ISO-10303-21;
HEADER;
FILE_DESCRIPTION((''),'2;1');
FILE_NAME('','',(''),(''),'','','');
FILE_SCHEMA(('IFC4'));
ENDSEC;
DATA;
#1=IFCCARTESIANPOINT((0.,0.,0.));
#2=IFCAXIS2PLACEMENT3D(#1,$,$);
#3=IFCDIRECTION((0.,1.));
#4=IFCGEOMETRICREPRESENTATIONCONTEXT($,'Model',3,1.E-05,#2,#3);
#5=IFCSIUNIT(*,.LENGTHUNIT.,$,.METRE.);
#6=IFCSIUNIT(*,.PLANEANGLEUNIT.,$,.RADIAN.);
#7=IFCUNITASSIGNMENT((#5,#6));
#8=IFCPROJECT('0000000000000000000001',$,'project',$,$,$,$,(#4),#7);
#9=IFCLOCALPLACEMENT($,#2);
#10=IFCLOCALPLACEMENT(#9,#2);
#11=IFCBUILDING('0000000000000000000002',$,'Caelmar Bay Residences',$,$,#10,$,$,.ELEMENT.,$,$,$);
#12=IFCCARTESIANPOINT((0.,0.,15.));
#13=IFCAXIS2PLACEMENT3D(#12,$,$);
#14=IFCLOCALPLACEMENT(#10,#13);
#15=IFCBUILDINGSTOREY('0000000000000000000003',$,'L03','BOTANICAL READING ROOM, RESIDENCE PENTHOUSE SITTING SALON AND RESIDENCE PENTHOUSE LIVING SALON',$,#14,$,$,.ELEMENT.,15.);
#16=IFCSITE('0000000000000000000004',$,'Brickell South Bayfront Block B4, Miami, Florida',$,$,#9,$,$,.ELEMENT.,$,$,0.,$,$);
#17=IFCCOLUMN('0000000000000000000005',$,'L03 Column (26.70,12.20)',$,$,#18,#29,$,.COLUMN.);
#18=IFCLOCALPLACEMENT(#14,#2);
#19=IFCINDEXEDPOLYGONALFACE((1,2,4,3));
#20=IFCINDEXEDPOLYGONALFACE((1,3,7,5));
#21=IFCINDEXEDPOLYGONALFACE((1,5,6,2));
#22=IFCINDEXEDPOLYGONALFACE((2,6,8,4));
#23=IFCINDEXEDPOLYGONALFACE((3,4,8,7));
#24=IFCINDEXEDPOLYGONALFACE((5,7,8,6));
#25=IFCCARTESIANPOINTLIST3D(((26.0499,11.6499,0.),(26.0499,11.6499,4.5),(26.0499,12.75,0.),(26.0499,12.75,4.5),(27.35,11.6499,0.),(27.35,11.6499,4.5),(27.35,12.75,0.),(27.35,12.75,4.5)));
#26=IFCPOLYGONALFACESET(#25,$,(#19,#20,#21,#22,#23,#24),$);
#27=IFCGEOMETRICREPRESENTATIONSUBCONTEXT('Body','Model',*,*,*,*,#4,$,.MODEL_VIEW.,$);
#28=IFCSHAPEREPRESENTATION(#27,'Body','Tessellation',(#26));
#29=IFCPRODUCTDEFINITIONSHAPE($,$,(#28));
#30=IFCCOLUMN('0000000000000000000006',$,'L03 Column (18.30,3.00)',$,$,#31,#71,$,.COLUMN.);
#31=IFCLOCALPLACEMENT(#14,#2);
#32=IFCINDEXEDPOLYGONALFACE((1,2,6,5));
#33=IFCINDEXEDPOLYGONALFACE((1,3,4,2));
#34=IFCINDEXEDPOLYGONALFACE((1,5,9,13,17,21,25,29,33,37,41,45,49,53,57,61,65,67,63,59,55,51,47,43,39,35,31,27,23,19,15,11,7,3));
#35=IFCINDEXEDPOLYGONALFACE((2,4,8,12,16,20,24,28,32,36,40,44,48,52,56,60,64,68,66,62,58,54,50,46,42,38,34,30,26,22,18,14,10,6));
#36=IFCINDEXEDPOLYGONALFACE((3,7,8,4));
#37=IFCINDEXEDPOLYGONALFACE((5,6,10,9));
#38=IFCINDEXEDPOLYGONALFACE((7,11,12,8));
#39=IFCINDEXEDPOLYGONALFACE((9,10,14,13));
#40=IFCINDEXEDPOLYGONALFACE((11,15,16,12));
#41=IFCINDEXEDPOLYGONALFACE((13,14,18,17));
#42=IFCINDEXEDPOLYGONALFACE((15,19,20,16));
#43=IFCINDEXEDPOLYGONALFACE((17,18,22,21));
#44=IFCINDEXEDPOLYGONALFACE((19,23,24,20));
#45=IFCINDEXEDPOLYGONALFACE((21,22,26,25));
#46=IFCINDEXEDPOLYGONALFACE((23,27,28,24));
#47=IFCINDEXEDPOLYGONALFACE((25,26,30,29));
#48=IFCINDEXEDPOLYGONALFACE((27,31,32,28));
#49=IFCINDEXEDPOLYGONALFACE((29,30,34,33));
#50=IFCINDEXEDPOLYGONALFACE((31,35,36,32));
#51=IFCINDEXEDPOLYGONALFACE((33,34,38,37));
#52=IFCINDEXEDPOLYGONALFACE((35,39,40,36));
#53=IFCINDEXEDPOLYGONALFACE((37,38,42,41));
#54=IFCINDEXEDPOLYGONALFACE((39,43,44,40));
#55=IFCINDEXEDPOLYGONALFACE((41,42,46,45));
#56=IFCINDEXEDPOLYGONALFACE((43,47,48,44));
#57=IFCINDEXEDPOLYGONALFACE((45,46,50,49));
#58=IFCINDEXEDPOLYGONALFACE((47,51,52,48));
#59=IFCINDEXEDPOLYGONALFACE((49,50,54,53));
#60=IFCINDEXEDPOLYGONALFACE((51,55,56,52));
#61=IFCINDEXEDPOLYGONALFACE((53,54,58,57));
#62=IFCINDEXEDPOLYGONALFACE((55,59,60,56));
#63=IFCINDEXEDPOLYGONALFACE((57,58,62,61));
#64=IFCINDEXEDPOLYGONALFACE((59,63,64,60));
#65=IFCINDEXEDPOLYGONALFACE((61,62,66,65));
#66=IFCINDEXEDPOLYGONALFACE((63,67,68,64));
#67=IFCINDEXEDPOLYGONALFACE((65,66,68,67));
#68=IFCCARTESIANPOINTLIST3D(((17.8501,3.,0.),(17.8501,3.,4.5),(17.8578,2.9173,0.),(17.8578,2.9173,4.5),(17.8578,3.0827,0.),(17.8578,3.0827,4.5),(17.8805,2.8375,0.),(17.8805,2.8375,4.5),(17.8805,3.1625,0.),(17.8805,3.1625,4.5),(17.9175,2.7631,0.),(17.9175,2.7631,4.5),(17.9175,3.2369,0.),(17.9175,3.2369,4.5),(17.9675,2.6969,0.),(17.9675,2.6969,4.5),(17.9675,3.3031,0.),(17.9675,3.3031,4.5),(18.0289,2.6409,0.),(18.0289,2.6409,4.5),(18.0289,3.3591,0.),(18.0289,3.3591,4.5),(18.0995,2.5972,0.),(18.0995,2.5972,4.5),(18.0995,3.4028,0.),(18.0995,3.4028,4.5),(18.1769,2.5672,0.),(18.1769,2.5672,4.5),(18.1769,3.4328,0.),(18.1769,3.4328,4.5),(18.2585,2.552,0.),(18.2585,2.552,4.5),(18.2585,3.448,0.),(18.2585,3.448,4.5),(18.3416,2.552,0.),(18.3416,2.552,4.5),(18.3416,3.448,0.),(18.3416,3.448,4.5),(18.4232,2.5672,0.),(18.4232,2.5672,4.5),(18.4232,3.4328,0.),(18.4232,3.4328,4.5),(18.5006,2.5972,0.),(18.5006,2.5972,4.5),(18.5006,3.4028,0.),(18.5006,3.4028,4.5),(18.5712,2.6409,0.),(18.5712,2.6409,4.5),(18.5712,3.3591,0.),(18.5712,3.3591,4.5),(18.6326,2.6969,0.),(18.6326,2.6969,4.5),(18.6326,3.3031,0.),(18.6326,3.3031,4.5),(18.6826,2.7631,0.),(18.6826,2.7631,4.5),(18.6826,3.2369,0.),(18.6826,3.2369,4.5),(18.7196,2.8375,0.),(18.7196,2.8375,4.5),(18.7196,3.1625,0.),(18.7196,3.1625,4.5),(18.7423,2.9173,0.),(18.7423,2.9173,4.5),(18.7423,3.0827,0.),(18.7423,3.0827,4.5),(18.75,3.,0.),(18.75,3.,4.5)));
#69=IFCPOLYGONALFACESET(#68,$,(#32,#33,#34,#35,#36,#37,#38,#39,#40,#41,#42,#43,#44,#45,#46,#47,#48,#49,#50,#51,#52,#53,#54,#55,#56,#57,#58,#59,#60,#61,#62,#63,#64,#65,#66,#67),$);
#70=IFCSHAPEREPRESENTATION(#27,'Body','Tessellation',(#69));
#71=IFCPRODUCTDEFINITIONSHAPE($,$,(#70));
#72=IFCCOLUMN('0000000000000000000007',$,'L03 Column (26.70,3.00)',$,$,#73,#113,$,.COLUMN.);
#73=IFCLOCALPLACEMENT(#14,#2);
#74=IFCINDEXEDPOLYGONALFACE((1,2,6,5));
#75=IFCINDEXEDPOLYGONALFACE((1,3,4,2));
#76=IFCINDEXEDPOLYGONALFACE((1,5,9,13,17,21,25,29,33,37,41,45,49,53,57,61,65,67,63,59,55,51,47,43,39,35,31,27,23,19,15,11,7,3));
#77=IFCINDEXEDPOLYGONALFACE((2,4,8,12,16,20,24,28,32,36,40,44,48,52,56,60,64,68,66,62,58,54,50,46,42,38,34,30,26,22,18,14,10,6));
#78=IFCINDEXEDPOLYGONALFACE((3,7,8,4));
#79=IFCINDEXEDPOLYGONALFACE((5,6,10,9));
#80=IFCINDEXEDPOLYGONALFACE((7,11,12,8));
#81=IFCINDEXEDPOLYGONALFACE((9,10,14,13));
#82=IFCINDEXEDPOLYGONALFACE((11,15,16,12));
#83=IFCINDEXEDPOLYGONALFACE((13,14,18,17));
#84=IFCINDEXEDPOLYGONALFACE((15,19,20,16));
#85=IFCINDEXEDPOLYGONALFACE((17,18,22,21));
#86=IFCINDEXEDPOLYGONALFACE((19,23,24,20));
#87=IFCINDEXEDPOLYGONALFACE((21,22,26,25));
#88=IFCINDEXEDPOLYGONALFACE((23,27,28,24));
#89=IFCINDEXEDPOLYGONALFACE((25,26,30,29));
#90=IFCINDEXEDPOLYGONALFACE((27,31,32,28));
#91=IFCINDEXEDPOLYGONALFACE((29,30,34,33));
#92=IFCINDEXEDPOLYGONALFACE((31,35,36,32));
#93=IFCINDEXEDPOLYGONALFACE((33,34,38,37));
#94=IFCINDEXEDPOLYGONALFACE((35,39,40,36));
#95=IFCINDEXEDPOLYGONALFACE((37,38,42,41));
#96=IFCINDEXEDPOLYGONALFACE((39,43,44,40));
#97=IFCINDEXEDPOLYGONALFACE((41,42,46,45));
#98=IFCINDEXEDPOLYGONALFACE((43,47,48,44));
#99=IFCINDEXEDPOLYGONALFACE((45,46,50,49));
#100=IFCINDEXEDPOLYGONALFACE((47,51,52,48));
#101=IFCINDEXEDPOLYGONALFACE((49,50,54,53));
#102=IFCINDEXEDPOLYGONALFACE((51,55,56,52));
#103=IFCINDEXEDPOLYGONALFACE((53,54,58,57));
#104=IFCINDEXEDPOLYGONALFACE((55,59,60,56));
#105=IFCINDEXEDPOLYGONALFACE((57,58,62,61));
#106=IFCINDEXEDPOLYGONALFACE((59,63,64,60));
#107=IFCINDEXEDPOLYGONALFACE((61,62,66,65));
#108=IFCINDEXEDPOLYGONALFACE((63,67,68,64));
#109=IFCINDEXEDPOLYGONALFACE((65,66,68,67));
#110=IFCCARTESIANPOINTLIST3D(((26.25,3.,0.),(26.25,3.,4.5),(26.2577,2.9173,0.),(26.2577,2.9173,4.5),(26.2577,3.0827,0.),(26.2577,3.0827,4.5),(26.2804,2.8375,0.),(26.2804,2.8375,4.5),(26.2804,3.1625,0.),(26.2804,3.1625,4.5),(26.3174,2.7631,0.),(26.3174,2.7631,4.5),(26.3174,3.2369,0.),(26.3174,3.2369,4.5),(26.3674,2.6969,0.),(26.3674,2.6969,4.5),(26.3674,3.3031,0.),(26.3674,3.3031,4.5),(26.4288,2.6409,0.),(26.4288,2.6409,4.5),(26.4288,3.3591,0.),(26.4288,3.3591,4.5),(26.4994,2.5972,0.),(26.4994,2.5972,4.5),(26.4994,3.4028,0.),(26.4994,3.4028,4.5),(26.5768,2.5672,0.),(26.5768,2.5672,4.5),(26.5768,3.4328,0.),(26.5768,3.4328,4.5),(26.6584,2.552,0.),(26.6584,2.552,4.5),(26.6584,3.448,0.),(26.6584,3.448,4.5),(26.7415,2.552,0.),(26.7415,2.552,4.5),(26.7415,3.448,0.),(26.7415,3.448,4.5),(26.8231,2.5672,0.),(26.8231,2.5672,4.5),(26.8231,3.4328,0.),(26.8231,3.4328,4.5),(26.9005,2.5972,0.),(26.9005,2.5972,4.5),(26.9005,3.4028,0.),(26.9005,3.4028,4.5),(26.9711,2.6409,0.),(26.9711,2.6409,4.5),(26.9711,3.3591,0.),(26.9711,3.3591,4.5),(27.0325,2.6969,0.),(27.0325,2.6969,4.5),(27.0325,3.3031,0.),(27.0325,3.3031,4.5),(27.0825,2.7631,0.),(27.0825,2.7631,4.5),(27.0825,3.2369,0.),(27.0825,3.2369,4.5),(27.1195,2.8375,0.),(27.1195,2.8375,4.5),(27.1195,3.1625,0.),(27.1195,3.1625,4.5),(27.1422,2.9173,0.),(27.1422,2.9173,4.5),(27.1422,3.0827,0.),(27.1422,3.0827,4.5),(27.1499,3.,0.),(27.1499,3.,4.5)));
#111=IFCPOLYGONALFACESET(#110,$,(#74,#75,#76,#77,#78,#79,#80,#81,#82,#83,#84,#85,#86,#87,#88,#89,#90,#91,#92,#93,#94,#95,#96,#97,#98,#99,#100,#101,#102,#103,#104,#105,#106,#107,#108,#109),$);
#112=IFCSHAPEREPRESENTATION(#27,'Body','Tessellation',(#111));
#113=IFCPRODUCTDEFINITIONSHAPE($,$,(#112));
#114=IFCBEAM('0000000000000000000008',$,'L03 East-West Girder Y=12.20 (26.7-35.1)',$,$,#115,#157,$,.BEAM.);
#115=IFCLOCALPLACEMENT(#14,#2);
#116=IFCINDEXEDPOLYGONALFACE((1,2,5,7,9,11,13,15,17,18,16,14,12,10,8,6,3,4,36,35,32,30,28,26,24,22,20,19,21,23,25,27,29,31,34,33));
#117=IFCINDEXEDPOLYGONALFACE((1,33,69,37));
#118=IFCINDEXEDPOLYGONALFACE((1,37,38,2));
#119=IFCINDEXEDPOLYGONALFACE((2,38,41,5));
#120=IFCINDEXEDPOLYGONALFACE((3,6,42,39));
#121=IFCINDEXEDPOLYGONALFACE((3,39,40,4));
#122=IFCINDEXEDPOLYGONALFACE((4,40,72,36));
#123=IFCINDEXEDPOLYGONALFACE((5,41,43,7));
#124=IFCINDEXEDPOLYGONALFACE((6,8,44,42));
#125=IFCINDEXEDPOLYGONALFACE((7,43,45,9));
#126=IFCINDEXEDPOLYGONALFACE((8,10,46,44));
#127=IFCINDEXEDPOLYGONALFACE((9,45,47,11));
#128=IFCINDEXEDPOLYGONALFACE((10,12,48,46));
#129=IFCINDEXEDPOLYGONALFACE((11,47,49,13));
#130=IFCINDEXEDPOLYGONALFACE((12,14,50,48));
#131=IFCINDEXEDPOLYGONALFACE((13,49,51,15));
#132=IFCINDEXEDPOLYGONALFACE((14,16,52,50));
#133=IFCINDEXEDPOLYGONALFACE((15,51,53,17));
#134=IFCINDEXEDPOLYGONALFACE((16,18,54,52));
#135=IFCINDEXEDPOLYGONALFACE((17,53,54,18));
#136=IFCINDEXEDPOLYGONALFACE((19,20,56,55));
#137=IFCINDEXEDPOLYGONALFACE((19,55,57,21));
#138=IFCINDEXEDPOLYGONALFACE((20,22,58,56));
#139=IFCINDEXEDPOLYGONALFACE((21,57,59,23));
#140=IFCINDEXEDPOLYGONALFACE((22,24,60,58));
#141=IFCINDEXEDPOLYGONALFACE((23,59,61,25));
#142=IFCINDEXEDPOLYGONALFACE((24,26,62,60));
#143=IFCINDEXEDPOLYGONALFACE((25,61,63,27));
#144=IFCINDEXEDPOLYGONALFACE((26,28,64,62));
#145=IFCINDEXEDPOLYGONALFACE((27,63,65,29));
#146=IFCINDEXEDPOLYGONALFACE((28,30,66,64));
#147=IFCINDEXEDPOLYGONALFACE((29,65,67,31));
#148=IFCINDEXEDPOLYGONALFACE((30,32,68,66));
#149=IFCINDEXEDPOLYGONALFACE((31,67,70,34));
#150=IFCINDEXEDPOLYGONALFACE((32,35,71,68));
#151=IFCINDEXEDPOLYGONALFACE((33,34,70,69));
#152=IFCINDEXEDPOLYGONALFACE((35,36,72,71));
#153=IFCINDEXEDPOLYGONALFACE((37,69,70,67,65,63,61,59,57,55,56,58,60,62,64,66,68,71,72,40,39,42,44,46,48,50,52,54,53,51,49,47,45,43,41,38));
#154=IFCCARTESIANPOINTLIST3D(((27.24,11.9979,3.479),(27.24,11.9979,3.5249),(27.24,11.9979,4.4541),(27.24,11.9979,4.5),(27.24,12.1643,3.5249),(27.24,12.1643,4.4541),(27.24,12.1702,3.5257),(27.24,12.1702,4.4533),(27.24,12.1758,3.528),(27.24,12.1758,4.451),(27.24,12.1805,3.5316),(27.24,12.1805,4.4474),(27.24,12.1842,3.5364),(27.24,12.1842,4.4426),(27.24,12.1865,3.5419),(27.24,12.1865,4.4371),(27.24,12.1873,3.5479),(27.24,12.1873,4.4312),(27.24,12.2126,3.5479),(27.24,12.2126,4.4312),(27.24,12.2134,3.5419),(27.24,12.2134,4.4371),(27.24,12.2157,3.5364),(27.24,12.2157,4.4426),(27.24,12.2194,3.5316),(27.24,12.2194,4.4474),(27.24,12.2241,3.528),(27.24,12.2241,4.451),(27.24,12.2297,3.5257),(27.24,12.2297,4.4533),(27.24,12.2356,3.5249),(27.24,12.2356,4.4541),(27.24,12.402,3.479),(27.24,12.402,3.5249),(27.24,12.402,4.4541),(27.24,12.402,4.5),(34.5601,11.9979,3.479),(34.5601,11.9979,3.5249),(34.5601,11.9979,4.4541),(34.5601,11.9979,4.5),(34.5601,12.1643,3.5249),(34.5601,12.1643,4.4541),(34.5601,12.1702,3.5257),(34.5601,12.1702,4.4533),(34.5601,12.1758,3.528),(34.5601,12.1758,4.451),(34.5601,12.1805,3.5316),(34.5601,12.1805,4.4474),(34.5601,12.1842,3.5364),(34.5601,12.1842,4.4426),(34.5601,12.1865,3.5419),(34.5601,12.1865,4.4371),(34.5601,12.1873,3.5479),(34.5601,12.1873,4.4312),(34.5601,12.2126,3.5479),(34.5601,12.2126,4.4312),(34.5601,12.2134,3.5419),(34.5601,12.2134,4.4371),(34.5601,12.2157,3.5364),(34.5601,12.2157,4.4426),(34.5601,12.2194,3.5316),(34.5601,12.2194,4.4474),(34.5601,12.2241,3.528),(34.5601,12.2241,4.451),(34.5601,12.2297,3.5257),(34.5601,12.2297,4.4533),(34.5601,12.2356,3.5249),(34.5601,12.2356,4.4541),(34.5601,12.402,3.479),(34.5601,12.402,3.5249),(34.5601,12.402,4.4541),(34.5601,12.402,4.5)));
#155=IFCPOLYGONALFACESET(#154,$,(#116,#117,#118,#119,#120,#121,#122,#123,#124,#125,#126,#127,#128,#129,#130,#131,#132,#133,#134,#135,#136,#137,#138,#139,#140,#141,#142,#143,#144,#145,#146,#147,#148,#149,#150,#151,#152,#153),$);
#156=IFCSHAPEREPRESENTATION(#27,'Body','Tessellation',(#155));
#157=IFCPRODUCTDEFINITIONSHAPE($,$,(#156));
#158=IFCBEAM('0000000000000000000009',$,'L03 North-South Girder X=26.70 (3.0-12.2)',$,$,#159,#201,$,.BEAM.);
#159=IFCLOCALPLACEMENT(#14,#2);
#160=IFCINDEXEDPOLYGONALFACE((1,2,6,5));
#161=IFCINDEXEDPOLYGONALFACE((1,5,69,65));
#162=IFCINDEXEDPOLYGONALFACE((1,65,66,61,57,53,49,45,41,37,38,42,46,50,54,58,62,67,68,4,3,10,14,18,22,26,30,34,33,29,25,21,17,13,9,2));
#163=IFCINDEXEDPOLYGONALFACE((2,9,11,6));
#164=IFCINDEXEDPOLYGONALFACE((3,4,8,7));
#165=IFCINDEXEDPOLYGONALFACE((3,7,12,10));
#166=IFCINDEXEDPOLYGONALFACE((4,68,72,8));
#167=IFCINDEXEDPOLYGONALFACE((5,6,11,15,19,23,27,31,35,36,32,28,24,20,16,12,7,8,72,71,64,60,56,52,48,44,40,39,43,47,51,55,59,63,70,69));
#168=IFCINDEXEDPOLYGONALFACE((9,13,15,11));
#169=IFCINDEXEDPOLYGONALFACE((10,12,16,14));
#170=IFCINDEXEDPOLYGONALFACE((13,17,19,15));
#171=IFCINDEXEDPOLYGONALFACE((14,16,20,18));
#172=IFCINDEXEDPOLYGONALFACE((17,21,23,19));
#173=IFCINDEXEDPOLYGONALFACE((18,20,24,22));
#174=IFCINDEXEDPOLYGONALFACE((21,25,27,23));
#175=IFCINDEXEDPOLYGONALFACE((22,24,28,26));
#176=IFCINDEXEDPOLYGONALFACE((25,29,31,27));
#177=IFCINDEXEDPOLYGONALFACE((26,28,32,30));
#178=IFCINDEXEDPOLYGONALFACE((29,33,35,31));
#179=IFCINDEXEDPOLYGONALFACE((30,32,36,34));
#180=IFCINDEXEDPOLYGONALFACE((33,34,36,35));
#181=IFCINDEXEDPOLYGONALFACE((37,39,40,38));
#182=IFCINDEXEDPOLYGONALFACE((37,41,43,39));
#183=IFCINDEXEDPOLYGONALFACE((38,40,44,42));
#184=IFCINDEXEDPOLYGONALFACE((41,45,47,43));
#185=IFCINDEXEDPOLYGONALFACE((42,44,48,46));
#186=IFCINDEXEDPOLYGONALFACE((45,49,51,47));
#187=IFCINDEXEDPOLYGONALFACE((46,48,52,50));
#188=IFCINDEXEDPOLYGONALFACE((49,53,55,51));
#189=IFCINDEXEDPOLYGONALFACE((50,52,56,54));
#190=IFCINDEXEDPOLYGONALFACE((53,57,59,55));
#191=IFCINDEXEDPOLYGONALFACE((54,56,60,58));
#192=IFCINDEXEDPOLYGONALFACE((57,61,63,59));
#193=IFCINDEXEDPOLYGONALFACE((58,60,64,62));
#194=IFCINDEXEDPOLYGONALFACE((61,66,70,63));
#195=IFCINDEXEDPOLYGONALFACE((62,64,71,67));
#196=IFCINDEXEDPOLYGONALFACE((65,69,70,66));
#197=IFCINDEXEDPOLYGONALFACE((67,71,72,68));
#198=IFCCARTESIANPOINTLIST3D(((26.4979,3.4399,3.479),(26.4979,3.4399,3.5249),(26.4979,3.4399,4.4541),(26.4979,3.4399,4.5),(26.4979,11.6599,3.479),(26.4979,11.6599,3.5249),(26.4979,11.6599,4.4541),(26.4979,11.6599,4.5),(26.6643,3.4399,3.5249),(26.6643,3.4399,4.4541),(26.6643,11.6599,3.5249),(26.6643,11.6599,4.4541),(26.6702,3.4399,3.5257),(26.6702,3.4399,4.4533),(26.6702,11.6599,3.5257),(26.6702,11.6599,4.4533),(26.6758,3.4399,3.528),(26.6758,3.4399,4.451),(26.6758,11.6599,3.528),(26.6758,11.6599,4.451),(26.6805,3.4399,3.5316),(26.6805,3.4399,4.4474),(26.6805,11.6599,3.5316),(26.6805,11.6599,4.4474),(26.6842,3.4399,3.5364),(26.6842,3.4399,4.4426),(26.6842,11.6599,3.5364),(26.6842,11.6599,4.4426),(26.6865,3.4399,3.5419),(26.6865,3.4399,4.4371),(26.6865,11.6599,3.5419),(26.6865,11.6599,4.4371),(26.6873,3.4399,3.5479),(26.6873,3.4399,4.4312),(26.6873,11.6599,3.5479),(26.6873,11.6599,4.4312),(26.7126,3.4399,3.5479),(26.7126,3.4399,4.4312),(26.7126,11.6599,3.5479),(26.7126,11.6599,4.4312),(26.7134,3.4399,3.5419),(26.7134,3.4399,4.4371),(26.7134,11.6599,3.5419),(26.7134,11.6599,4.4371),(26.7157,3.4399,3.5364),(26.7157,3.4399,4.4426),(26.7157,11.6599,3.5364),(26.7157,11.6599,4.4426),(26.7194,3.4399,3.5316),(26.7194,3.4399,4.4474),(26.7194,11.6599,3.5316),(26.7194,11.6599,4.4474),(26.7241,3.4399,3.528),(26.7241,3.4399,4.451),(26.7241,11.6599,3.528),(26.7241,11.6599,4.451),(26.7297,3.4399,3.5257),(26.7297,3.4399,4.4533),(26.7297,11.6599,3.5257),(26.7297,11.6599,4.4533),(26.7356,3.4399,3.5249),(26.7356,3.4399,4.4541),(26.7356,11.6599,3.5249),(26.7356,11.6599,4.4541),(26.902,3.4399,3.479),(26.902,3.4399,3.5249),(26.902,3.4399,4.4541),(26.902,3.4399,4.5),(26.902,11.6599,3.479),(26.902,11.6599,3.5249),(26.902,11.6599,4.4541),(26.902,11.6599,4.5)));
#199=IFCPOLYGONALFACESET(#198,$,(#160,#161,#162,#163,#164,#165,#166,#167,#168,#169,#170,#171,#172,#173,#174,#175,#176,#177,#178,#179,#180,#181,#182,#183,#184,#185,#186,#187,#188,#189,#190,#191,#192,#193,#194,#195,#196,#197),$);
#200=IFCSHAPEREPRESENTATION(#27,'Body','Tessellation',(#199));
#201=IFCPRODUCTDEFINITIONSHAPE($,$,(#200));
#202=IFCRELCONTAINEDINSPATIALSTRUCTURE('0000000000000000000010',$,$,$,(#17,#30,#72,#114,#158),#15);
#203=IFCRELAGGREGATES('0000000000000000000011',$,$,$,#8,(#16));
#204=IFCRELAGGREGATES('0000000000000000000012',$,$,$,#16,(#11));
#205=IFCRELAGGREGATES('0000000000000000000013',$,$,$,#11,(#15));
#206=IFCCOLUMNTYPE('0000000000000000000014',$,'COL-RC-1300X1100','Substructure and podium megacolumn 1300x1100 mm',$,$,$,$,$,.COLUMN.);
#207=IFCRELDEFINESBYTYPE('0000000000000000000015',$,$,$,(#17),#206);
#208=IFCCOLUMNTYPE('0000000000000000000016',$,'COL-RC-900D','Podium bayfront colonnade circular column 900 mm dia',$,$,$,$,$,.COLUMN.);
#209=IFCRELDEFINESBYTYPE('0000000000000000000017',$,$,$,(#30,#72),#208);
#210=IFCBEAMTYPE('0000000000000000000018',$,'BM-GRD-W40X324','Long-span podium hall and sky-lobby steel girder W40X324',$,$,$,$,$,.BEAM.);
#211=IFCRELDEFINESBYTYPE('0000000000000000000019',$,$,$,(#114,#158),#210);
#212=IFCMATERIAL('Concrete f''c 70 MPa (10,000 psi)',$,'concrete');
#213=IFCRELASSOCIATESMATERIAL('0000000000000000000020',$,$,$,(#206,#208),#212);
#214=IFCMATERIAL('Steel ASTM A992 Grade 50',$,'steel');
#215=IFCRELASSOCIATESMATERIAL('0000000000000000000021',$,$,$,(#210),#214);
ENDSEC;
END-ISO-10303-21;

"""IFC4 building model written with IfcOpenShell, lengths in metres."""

from ifc_helpers import new_model, si_unit, direction, frame, origin, origin_2d, place, context, subcontext, project, spatial, rectangle, circle, i_section, extrude, material, material_profile, profile_set, type_object, element, save


model = new_model("IFC4")

# Units and contexts
model_context = context("Model", 3, precision=1e-05, world=origin(), true_north=direction((0.0, 1.0)))
body_context = subcontext(model_context, "Body", "Model", "MODEL_VIEW")
ifc_project = project(units=[si_unit("LENGTHUNIT", "METRE"), si_unit("PLANEANGLEUNIT", "RADIAN")], contexts=[model_context])

# Site, building, storey
site_placement = place(None, origin())
site = spatial("IfcSite", under=ifc_project, at=site_placement, Name="Brickell South Bayfront Block B4, Miami, Florida", CompositionType="ELEMENT", RefElevation=0.0)
building_placement = place(site_placement, origin())
building = spatial("IfcBuilding", under=site, at=building_placement, Name="Caelmar Bay Residences", CompositionType="ELEMENT")
storey_placement = place(building_placement, frame((0.0, 0.0, 15.0)))
storey = spatial("IfcBuildingStorey", under=building, at=storey_placement, Name="L03", Description="BOTANICAL READING ROOM, RESIDENCE PENTHOUSE SITTING SALON AND RESIDENCE PENTHOUSE LIVING SALON", CompositionType="ELEMENT", Elevation=15.0)

# Columns
ifc_material_1 = material(Name="Concrete f'c 70 MPa (10,000 psi)", Category="concrete")
ifc_material_profile_1 = material_profile(ifc_material_1, rectangle(XDim=1.3, YDim=1.1001, at=origin_2d()), Name="RC-COL-1300X1100")
ifc_profile_set_1 = profile_set([ifc_material_profile_1], Name="Concrete f'c 70 MPa (10,000 psi)")
column_type_1 = type_object("IfcColumnType", Name="COL-RC-1300X1100", Description="Substructure and podium megacolumn 1300x1100 mm", PredefinedType="COLUMN", material=ifc_profile_set_1)
column_placement = place(storey_placement, frame((26.7, 12.2, 0.0), z_axis=(0.0, 0.0, 1.0), x_axis=(1.0, 0.0, 0.0)))
element("IfcColumn", 1, at=column_placement, inside=storey, type_object=column_type_1, Name="L03 Column (26.70,12.20)", PredefinedType="COLUMN", context=body_context, shape_type="SweptSolid", body=[
    extrude(rectangle(XDim=1.3, YDim=1.1001, at=origin_2d()), origin(), (0.0, 0.0, 1.0), 4.5),
])
ifc_material_profile_2 = material_profile(ifc_material_1, circle(Radius=0.45, at=origin_2d()), Name="RC-COL-900D")
ifc_profile_set_2 = profile_set([ifc_material_profile_2], Name="Concrete f'c 70 MPa (10,000 psi)")
column_type_2 = type_object("IfcColumnType", Name="COL-RC-900D", Description="Podium bayfront colonnade circular column 900 mm dia", PredefinedType="COLUMN", material=ifc_profile_set_2)
for number, where, z_axis, x_axis, name in (
    (2, (18.3, 3.0, 0.0), (0.0, 0.0, 1.0), (1.0, 0.0, 0.0), "L03 Column (18.30,3.00)"),
    (3, (26.7, 3.0, 0.0), (0.0, 0.0, 1.0), (1.0, 0.0, 0.0), "L03 Column (26.70,3.00)"),
):
    element("IfcColumn", number, at=place(storey_placement, frame(where, z_axis=z_axis, x_axis=x_axis)), inside=storey, type_object=column_type_2, Name=name, PredefinedType="COLUMN", context=body_context, shape_type="SweptSolid", body=[
        extrude(circle(Radius=0.45, at=origin_2d()), origin(), (0.0, 0.0, 1.0), 4.5),
    ])

# Beams
ifc_material_2 = material(Name="Steel ASTM A992 Grade 50", Category="steel")
ifc_material_profile_3 = material_profile(ifc_material_2, i_section(OverallWidth=0.4041, OverallDepth=1.021, WebThickness=0.0254, FlangeThickness=0.0459, FilletRadius=0.0229, at=origin_2d()), Name="W40X324")
ifc_profile_set_3 = profile_set([ifc_material_profile_3], Name="Steel ASTM A992 Grade 50")
beam_type_1 = type_object("IfcBeamType", Name="BM-GRD-W40X324", Description="Long-span podium hall and sky-lobby steel girder W40X324", PredefinedType="BEAM", material=ifc_profile_set_3)
beam_1_placement = place(storey_placement, frame((27.24, 12.2, 3.9895), z_axis=(1.0, 0.0, 0.0), x_axis=(0.0, 1.0, 0.0)))
element("IfcBeam", 4, at=beam_1_placement, inside=storey, type_object=beam_type_1, Name="L03 East-West Girder Y=12.20 (26.7-35.1)", PredefinedType="BEAM", context=body_context, shape_type="SweptSolid", body=[
    extrude(i_section(OverallWidth=0.4041, OverallDepth=1.021, WebThickness=0.0254, FlangeThickness=0.0459, FilletRadius=0.0229, at=origin_2d()), origin(), (0.0, 0.0, 1.0), 7.3201),
])
beam_2_placement = place(storey_placement, frame((26.7, 3.4399, 3.9895), z_axis=(0.0, 1.0, 0.0), x_axis=(-1.0, 0.0, 0.0)))
element("IfcBeam", 5, at=beam_2_placement, inside=storey, type_object=beam_type_1, Name="L03 North-South Girder X=26.70 (3.0-12.2)", PredefinedType="BEAM", context=body_context, shape_type="SweptSolid", body=[
    extrude(i_section(OverallWidth=0.4041, OverallDepth=1.021, WebThickness=0.0254, FlangeThickness=0.0459, FilletRadius=0.0229, at=origin_2d()), origin(), (0.0, 0.0, 1.0), 8.22),
])

save(model, "model.ifc")
